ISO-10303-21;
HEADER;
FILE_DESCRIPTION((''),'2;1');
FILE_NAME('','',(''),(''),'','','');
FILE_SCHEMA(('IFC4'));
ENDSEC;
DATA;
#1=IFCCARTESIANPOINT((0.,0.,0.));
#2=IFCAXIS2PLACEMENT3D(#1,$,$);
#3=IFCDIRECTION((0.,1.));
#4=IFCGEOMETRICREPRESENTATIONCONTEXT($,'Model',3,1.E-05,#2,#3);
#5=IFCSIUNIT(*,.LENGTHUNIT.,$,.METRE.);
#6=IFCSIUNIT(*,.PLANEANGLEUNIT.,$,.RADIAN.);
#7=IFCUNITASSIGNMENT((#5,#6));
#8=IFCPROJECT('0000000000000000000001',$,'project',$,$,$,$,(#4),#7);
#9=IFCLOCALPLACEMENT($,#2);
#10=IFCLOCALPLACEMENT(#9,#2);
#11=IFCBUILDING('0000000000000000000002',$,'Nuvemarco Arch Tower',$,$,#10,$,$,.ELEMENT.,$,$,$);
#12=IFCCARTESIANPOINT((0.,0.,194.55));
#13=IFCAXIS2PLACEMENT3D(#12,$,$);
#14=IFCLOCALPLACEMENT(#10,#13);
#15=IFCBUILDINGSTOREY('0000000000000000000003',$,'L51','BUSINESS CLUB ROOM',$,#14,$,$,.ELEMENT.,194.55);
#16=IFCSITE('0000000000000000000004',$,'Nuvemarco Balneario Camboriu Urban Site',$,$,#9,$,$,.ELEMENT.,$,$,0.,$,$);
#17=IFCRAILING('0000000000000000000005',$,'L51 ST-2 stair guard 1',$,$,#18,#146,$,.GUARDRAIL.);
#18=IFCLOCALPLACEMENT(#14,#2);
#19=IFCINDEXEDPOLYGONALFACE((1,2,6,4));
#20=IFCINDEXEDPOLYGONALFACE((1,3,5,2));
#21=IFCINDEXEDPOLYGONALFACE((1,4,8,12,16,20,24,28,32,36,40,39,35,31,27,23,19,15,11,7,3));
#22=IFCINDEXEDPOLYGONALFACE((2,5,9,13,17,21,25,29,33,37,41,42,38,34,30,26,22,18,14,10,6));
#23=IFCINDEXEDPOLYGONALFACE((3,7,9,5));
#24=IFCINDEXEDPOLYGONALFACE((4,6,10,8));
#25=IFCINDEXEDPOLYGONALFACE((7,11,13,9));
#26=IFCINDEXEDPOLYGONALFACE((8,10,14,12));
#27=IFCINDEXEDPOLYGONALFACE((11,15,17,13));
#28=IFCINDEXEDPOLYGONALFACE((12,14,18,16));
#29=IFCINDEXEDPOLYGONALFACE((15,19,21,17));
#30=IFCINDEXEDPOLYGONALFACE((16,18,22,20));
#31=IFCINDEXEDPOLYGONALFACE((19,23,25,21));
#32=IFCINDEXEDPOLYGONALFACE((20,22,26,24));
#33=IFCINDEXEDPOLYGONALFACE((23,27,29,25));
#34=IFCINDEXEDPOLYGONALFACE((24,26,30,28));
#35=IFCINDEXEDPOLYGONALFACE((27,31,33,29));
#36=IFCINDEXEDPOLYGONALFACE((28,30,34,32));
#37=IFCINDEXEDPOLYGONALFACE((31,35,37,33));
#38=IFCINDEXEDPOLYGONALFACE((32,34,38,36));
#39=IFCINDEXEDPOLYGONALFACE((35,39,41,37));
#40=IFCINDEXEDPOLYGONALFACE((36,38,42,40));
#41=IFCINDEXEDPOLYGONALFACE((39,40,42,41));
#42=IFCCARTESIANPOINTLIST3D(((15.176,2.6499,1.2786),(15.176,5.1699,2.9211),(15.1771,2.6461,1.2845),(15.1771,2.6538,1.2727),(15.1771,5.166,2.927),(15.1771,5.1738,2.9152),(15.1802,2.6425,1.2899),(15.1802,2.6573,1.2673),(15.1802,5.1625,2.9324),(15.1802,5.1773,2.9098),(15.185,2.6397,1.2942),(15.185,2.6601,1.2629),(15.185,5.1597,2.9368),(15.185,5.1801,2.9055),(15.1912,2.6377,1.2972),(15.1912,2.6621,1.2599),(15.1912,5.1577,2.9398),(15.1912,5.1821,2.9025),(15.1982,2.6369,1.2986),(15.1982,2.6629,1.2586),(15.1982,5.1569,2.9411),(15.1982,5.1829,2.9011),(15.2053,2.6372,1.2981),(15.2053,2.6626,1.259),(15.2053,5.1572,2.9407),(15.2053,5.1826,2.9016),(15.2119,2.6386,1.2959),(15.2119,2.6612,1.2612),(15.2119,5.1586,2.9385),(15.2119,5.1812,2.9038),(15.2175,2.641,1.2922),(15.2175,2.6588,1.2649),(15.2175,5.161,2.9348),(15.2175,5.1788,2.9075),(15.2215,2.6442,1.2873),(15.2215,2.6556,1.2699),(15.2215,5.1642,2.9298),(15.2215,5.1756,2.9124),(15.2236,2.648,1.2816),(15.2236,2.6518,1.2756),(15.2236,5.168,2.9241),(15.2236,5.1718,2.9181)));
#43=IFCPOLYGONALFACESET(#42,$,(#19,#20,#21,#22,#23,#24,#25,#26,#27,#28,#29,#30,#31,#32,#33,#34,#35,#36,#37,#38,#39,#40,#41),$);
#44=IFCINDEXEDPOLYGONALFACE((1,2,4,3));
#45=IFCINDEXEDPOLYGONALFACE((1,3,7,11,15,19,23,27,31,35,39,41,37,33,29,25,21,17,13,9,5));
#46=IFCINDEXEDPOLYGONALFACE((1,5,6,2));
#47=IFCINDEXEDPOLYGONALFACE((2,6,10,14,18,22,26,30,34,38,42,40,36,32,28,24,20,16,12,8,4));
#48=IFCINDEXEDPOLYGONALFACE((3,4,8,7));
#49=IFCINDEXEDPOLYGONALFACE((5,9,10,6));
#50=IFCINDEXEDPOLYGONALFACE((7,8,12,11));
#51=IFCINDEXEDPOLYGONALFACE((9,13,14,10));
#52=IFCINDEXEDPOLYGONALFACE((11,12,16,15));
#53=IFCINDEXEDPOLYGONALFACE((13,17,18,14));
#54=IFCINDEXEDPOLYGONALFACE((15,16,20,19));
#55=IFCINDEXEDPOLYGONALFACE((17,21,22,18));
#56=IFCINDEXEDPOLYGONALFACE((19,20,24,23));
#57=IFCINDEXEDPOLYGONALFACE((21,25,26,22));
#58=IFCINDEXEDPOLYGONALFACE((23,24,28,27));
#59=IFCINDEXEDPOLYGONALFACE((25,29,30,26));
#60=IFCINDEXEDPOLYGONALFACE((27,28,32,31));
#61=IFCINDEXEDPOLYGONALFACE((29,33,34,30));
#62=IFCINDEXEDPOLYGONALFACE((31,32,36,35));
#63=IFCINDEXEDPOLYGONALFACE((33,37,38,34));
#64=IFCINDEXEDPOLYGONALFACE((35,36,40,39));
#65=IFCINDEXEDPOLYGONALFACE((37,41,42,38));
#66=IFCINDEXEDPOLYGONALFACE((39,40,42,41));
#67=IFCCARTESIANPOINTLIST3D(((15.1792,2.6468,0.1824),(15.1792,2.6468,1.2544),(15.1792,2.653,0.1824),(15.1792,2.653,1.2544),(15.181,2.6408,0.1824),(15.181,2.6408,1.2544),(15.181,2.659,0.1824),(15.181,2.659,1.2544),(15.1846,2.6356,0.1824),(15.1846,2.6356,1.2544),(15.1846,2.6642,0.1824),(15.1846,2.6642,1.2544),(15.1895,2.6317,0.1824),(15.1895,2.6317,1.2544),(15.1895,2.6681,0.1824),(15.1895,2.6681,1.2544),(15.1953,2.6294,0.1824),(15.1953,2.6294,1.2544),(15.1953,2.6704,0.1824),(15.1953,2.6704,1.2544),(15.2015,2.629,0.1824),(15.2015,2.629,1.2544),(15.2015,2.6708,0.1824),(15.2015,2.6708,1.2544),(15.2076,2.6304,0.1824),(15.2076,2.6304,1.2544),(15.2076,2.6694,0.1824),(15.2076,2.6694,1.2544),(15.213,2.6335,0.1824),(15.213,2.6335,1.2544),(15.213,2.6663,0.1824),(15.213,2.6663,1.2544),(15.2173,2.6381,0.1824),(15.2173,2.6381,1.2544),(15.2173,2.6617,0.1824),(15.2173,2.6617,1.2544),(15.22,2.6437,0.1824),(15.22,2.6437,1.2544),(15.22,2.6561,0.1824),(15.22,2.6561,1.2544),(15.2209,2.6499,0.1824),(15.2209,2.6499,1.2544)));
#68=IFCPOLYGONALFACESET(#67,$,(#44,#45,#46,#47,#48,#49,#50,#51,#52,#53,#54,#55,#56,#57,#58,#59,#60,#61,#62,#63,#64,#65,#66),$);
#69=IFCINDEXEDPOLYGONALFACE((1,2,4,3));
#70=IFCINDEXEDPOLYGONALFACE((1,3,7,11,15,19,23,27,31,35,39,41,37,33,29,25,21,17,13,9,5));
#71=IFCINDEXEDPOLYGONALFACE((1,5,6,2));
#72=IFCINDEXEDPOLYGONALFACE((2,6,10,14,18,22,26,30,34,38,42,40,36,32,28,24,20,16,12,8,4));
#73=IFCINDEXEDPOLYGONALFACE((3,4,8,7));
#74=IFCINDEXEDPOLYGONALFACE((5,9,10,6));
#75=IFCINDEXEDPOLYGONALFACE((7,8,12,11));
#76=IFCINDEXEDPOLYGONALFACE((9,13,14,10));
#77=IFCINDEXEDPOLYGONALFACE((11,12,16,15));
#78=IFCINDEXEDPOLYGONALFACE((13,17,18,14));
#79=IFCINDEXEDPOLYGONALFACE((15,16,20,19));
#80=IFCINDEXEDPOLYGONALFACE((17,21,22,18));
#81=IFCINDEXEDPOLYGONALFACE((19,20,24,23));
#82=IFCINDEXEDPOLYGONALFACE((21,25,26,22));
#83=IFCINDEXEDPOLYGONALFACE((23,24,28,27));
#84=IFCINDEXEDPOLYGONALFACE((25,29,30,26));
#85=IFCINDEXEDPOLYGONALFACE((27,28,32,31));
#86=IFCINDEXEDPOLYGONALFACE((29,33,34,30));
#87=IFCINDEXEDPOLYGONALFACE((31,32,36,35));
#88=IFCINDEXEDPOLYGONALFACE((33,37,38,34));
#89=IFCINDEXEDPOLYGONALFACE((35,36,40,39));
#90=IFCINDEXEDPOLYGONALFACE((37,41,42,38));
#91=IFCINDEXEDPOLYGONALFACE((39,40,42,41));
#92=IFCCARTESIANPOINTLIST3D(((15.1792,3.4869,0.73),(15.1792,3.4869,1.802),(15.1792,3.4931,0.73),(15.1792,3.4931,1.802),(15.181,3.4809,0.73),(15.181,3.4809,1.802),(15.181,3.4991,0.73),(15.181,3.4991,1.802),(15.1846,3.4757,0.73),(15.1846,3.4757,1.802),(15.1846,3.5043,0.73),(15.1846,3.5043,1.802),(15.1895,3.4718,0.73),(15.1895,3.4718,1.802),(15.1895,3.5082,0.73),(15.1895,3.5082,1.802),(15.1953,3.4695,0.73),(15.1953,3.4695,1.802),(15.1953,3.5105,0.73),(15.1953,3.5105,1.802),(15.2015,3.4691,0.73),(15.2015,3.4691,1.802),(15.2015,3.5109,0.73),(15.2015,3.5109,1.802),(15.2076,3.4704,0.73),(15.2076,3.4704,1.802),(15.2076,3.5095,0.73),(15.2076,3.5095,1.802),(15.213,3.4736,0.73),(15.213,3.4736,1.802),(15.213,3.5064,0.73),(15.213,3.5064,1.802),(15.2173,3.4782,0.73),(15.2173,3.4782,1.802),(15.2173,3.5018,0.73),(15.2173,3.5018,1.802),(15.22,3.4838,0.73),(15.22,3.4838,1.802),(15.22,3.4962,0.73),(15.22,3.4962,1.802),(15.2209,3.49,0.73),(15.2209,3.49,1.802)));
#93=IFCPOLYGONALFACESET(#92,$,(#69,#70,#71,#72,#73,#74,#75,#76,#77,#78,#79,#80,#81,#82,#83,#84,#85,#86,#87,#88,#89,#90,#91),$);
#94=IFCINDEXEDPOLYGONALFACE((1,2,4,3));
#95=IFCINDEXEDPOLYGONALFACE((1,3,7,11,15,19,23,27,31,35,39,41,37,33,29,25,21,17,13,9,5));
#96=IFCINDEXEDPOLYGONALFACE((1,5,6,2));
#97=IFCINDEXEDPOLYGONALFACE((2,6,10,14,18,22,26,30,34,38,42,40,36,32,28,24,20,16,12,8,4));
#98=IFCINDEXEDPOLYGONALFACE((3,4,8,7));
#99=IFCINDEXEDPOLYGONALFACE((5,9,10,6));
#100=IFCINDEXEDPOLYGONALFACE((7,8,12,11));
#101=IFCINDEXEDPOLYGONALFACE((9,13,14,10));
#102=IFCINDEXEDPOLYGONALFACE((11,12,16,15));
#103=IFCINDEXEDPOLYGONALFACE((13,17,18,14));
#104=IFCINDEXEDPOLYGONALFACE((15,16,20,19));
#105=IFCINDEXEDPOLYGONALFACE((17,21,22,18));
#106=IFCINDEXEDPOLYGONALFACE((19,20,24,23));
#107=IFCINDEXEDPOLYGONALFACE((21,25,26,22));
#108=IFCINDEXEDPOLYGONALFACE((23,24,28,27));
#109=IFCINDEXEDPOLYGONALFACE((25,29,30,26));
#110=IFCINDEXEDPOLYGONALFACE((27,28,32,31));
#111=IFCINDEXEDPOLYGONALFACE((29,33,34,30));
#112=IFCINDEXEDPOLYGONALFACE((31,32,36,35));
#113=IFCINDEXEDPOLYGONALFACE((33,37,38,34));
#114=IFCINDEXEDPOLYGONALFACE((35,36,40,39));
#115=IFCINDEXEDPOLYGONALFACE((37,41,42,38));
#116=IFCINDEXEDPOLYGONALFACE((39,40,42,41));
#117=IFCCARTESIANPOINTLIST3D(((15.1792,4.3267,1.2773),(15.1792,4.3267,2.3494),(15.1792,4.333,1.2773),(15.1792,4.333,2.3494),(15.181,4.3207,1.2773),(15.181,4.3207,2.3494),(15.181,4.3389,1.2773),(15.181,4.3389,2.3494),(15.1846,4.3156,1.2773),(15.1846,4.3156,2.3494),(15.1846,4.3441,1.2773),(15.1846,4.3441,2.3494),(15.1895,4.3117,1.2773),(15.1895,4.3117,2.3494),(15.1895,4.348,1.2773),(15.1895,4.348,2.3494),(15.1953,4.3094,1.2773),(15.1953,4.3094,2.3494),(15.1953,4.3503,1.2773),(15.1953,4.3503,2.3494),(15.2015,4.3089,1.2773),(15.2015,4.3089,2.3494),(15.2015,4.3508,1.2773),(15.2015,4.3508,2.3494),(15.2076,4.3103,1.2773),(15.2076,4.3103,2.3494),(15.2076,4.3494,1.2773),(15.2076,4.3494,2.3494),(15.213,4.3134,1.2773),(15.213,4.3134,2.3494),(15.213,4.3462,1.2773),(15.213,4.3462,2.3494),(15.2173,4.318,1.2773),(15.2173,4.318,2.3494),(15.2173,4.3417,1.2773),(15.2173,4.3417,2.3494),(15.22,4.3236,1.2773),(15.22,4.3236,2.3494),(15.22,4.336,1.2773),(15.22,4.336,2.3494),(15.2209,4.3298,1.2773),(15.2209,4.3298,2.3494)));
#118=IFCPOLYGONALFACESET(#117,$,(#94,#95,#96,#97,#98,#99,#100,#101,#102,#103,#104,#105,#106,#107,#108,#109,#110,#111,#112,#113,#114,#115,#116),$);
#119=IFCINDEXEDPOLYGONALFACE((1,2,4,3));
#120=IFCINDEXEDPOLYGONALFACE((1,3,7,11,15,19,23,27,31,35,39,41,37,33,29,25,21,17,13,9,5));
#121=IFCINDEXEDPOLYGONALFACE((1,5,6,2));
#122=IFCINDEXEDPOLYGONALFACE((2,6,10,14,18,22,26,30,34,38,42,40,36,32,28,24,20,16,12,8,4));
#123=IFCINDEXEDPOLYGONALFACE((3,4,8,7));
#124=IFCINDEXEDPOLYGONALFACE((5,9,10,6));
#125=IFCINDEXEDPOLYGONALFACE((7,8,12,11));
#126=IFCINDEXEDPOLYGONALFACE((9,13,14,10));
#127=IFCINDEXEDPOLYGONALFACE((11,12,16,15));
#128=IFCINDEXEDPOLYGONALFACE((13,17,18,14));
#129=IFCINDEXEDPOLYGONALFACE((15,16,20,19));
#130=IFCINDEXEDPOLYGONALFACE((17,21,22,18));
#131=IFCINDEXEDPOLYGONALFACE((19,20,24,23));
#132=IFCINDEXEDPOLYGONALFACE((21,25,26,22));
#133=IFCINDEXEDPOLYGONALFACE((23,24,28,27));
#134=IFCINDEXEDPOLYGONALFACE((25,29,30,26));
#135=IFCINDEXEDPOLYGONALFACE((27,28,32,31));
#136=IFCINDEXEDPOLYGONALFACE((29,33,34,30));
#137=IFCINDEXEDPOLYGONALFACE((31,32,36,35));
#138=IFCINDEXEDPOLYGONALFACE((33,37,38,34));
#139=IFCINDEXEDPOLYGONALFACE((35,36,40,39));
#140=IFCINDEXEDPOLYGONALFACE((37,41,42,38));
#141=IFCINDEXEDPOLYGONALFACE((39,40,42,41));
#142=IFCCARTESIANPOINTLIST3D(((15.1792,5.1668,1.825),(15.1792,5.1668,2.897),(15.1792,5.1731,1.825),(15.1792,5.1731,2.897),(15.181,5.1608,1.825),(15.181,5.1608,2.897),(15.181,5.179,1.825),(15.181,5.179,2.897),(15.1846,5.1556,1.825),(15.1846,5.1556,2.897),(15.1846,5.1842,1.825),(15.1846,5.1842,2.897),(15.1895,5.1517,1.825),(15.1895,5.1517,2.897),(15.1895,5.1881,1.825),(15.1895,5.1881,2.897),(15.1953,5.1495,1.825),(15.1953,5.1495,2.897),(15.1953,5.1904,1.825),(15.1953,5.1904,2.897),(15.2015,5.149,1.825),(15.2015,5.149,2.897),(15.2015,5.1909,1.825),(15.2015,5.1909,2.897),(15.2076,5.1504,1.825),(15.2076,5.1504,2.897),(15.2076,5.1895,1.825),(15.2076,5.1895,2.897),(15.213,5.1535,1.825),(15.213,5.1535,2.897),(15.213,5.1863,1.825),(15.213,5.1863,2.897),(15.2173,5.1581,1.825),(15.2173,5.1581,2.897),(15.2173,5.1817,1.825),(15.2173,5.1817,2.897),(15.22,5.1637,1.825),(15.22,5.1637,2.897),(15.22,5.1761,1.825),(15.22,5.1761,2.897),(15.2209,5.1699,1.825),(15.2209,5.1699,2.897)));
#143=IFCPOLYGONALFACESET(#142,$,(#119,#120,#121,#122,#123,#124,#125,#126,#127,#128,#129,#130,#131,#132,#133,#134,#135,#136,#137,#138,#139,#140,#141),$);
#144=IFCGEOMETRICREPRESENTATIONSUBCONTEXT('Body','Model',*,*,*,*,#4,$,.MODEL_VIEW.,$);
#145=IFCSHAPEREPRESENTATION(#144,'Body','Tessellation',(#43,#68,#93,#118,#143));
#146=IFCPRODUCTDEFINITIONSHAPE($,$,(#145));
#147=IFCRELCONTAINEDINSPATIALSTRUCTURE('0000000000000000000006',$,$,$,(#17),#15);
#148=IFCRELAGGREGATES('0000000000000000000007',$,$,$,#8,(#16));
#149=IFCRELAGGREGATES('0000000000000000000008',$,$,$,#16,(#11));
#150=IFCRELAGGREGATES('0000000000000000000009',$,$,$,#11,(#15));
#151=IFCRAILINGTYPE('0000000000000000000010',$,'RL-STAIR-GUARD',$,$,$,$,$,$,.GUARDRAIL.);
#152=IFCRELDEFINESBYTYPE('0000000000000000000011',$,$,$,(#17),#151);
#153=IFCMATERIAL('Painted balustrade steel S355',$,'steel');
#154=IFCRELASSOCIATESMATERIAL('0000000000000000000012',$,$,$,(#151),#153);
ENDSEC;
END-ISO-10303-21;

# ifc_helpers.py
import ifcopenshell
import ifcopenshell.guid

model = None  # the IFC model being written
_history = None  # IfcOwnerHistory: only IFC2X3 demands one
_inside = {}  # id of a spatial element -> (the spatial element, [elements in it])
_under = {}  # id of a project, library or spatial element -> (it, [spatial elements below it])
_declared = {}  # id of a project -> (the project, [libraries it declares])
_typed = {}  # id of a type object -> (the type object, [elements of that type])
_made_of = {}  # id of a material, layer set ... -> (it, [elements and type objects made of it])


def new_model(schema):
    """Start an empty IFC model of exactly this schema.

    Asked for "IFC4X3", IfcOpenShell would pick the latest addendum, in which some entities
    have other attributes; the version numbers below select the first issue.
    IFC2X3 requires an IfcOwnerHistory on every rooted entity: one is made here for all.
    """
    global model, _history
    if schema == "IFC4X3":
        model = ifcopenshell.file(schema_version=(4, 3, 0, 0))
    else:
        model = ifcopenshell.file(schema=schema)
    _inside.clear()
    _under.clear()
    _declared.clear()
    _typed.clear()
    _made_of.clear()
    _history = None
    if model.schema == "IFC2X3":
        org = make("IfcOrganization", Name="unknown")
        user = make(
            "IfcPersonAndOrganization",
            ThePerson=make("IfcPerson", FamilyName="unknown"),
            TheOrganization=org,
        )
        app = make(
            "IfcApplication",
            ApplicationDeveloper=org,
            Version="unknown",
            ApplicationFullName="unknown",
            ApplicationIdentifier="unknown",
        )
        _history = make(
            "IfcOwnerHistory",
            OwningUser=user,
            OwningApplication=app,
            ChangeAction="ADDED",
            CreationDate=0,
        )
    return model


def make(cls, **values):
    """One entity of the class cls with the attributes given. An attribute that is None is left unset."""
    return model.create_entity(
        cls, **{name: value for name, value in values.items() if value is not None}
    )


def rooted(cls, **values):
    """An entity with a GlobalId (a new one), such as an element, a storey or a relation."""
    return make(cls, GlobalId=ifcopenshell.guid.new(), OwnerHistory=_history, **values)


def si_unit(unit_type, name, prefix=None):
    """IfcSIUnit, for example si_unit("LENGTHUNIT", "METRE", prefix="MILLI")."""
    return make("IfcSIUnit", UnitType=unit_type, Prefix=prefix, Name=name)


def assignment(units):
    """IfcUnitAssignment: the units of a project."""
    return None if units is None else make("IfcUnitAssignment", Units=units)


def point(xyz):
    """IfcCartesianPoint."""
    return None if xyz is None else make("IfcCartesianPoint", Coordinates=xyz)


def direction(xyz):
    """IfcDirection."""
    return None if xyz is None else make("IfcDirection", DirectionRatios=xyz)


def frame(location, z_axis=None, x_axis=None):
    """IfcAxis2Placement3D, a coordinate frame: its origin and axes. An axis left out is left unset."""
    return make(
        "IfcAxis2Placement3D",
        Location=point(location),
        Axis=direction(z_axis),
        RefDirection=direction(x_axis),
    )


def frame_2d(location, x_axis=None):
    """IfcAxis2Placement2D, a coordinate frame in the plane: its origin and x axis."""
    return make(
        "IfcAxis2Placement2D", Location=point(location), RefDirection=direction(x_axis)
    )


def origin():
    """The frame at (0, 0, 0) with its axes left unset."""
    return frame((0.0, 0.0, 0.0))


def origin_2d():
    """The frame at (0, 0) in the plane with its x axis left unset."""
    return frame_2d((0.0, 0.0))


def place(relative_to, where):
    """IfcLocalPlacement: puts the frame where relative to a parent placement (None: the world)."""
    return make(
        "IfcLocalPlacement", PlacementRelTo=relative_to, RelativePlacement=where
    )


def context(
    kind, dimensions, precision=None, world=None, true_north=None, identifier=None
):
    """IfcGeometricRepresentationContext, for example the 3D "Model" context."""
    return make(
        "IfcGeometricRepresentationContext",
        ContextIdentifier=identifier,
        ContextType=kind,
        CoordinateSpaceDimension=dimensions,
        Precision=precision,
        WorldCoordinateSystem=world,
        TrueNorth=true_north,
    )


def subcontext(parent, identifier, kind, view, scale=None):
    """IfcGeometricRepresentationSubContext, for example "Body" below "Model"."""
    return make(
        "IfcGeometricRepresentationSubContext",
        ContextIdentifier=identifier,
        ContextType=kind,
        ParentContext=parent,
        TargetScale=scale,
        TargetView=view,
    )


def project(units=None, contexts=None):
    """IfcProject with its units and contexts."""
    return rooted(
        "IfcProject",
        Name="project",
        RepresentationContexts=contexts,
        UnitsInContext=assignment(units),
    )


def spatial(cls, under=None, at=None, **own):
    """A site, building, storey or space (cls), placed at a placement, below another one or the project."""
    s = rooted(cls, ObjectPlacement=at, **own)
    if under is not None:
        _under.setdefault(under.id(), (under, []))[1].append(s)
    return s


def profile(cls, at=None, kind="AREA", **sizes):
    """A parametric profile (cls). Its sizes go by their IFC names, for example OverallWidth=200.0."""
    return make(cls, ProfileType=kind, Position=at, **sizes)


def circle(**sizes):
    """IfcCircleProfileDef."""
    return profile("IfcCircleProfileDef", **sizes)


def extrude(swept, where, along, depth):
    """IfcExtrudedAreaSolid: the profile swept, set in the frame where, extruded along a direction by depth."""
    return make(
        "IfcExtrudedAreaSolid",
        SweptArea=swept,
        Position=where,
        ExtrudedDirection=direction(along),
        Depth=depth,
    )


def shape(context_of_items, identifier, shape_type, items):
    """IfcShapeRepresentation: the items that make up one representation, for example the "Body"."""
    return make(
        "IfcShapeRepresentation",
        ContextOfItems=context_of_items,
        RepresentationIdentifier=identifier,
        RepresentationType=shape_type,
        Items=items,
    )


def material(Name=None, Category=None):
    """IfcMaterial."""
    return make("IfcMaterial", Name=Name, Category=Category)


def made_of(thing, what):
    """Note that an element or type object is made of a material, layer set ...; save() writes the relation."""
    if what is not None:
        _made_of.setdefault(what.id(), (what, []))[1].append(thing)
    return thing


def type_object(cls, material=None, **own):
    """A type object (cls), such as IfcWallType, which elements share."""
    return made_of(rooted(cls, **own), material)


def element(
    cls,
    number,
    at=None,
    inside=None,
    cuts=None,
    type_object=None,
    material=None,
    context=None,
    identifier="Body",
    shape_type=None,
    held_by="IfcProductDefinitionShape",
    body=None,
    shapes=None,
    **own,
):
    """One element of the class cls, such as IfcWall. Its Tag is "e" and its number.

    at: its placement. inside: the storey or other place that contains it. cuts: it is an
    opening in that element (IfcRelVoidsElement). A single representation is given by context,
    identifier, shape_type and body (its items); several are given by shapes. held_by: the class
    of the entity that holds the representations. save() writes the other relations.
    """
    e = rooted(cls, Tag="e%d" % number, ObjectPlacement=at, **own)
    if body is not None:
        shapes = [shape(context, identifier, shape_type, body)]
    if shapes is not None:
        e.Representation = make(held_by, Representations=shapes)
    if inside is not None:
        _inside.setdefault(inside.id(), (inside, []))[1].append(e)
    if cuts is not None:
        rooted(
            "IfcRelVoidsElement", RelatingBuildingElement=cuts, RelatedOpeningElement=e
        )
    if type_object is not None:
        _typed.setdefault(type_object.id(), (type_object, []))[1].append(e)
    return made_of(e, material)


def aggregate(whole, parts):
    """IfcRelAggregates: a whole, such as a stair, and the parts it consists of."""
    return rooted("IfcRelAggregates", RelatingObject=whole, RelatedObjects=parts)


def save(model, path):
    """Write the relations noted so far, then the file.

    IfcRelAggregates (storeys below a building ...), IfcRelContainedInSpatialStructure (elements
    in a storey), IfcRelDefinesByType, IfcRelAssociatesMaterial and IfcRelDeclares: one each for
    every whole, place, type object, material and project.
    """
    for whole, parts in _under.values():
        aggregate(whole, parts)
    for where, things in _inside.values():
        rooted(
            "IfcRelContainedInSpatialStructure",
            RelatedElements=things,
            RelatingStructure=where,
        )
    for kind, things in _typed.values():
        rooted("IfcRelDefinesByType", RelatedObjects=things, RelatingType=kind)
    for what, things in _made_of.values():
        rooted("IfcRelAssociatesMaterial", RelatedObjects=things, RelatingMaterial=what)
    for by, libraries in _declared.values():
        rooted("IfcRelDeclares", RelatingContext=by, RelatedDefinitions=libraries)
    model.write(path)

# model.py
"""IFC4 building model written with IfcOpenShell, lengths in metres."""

from ifc_helpers import new_model, si_unit, direction, frame, origin, origin_2d, place, context, subcontext, project, spatial, circle, extrude, material, type_object, element, save


model = new_model("IFC4")

# Units and contexts
model_context = context("Model", 3, precision=1e-05, world=origin(), true_north=direction((0.0, 1.0)))
body_context = subcontext(model_context, "Body", "Model", "MODEL_VIEW")
ifc_project = project(units=[si_unit("LENGTHUNIT", "METRE"), si_unit("PLANEANGLEUNIT", "RADIAN")], contexts=[model_context])

# Site, building, storey
site_placement = place(None, origin())
site = spatial("IfcSite", under=ifc_project, at=site_placement, Name="Nuvemarco Balneario Camboriu Urban Site", CompositionType="ELEMENT", RefElevation=0.0)
building_placement = place(site_placement, origin())
building = spatial("IfcBuilding", under=site, at=building_placement, Name="Nuvemarco Arch Tower", CompositionType="ELEMENT")
storey_placement = place(building_placement, frame((0.0, 0.0, 194.55)))
storey = spatial("IfcBuildingStorey", under=building, at=storey_placement, Name="L51", Description="BUSINESS CLUB ROOM", CompositionType="ELEMENT", Elevation=194.55)

# Railing
ifc_material_1 = material(Name="Painted balustrade steel S355", Category="steel")
railing_type_1 = type_object("IfcRailingType", Name="RL-STAIR-GUARD", PredefinedType="GUARDRAIL", material=ifc_material_1)
railing_1_placement = place(storey_placement, frame((15.2, 2.6499, 0.1824)))
element("IfcRailing", 1, at=railing_1_placement, inside=storey, type_object=railing_type_1, Name="L51 ST-2 stair guard 1", PredefinedType="GUARDRAIL", context=body_context, shape_type="SweptSolid", body=[
    extrude(circle(Radius=0.0239, at=origin_2d()), frame((0.0, 0.0, 1.0962), z_axis=(0.0, 0.837749, 0.546055), x_axis=(-1.0, 0.0, 0.0)), (0.0, 0.0, 1.0), 3.0081),
    extrude(circle(Radius=0.021, at=origin_2d()), origin(), (0.0, 0.0, 1.0), 1.072),
    extrude(circle(Radius=0.021, at=origin_2d()), frame((0.0, 0.8401, 0.5476)), (0.0, 0.0, 1.0), 1.072),
    extrude(circle(Radius=0.021, at=origin_2d()), frame((0.0, 1.6799, 1.095)), (0.0, 0.0, 1.0), 1.072),
    extrude(circle(Radius=0.021, at=origin_2d()), frame((0.0, 2.52, 1.6426)), (0.0, 0.0, 1.0), 1.072),
])

save(model, "model.ifc")
